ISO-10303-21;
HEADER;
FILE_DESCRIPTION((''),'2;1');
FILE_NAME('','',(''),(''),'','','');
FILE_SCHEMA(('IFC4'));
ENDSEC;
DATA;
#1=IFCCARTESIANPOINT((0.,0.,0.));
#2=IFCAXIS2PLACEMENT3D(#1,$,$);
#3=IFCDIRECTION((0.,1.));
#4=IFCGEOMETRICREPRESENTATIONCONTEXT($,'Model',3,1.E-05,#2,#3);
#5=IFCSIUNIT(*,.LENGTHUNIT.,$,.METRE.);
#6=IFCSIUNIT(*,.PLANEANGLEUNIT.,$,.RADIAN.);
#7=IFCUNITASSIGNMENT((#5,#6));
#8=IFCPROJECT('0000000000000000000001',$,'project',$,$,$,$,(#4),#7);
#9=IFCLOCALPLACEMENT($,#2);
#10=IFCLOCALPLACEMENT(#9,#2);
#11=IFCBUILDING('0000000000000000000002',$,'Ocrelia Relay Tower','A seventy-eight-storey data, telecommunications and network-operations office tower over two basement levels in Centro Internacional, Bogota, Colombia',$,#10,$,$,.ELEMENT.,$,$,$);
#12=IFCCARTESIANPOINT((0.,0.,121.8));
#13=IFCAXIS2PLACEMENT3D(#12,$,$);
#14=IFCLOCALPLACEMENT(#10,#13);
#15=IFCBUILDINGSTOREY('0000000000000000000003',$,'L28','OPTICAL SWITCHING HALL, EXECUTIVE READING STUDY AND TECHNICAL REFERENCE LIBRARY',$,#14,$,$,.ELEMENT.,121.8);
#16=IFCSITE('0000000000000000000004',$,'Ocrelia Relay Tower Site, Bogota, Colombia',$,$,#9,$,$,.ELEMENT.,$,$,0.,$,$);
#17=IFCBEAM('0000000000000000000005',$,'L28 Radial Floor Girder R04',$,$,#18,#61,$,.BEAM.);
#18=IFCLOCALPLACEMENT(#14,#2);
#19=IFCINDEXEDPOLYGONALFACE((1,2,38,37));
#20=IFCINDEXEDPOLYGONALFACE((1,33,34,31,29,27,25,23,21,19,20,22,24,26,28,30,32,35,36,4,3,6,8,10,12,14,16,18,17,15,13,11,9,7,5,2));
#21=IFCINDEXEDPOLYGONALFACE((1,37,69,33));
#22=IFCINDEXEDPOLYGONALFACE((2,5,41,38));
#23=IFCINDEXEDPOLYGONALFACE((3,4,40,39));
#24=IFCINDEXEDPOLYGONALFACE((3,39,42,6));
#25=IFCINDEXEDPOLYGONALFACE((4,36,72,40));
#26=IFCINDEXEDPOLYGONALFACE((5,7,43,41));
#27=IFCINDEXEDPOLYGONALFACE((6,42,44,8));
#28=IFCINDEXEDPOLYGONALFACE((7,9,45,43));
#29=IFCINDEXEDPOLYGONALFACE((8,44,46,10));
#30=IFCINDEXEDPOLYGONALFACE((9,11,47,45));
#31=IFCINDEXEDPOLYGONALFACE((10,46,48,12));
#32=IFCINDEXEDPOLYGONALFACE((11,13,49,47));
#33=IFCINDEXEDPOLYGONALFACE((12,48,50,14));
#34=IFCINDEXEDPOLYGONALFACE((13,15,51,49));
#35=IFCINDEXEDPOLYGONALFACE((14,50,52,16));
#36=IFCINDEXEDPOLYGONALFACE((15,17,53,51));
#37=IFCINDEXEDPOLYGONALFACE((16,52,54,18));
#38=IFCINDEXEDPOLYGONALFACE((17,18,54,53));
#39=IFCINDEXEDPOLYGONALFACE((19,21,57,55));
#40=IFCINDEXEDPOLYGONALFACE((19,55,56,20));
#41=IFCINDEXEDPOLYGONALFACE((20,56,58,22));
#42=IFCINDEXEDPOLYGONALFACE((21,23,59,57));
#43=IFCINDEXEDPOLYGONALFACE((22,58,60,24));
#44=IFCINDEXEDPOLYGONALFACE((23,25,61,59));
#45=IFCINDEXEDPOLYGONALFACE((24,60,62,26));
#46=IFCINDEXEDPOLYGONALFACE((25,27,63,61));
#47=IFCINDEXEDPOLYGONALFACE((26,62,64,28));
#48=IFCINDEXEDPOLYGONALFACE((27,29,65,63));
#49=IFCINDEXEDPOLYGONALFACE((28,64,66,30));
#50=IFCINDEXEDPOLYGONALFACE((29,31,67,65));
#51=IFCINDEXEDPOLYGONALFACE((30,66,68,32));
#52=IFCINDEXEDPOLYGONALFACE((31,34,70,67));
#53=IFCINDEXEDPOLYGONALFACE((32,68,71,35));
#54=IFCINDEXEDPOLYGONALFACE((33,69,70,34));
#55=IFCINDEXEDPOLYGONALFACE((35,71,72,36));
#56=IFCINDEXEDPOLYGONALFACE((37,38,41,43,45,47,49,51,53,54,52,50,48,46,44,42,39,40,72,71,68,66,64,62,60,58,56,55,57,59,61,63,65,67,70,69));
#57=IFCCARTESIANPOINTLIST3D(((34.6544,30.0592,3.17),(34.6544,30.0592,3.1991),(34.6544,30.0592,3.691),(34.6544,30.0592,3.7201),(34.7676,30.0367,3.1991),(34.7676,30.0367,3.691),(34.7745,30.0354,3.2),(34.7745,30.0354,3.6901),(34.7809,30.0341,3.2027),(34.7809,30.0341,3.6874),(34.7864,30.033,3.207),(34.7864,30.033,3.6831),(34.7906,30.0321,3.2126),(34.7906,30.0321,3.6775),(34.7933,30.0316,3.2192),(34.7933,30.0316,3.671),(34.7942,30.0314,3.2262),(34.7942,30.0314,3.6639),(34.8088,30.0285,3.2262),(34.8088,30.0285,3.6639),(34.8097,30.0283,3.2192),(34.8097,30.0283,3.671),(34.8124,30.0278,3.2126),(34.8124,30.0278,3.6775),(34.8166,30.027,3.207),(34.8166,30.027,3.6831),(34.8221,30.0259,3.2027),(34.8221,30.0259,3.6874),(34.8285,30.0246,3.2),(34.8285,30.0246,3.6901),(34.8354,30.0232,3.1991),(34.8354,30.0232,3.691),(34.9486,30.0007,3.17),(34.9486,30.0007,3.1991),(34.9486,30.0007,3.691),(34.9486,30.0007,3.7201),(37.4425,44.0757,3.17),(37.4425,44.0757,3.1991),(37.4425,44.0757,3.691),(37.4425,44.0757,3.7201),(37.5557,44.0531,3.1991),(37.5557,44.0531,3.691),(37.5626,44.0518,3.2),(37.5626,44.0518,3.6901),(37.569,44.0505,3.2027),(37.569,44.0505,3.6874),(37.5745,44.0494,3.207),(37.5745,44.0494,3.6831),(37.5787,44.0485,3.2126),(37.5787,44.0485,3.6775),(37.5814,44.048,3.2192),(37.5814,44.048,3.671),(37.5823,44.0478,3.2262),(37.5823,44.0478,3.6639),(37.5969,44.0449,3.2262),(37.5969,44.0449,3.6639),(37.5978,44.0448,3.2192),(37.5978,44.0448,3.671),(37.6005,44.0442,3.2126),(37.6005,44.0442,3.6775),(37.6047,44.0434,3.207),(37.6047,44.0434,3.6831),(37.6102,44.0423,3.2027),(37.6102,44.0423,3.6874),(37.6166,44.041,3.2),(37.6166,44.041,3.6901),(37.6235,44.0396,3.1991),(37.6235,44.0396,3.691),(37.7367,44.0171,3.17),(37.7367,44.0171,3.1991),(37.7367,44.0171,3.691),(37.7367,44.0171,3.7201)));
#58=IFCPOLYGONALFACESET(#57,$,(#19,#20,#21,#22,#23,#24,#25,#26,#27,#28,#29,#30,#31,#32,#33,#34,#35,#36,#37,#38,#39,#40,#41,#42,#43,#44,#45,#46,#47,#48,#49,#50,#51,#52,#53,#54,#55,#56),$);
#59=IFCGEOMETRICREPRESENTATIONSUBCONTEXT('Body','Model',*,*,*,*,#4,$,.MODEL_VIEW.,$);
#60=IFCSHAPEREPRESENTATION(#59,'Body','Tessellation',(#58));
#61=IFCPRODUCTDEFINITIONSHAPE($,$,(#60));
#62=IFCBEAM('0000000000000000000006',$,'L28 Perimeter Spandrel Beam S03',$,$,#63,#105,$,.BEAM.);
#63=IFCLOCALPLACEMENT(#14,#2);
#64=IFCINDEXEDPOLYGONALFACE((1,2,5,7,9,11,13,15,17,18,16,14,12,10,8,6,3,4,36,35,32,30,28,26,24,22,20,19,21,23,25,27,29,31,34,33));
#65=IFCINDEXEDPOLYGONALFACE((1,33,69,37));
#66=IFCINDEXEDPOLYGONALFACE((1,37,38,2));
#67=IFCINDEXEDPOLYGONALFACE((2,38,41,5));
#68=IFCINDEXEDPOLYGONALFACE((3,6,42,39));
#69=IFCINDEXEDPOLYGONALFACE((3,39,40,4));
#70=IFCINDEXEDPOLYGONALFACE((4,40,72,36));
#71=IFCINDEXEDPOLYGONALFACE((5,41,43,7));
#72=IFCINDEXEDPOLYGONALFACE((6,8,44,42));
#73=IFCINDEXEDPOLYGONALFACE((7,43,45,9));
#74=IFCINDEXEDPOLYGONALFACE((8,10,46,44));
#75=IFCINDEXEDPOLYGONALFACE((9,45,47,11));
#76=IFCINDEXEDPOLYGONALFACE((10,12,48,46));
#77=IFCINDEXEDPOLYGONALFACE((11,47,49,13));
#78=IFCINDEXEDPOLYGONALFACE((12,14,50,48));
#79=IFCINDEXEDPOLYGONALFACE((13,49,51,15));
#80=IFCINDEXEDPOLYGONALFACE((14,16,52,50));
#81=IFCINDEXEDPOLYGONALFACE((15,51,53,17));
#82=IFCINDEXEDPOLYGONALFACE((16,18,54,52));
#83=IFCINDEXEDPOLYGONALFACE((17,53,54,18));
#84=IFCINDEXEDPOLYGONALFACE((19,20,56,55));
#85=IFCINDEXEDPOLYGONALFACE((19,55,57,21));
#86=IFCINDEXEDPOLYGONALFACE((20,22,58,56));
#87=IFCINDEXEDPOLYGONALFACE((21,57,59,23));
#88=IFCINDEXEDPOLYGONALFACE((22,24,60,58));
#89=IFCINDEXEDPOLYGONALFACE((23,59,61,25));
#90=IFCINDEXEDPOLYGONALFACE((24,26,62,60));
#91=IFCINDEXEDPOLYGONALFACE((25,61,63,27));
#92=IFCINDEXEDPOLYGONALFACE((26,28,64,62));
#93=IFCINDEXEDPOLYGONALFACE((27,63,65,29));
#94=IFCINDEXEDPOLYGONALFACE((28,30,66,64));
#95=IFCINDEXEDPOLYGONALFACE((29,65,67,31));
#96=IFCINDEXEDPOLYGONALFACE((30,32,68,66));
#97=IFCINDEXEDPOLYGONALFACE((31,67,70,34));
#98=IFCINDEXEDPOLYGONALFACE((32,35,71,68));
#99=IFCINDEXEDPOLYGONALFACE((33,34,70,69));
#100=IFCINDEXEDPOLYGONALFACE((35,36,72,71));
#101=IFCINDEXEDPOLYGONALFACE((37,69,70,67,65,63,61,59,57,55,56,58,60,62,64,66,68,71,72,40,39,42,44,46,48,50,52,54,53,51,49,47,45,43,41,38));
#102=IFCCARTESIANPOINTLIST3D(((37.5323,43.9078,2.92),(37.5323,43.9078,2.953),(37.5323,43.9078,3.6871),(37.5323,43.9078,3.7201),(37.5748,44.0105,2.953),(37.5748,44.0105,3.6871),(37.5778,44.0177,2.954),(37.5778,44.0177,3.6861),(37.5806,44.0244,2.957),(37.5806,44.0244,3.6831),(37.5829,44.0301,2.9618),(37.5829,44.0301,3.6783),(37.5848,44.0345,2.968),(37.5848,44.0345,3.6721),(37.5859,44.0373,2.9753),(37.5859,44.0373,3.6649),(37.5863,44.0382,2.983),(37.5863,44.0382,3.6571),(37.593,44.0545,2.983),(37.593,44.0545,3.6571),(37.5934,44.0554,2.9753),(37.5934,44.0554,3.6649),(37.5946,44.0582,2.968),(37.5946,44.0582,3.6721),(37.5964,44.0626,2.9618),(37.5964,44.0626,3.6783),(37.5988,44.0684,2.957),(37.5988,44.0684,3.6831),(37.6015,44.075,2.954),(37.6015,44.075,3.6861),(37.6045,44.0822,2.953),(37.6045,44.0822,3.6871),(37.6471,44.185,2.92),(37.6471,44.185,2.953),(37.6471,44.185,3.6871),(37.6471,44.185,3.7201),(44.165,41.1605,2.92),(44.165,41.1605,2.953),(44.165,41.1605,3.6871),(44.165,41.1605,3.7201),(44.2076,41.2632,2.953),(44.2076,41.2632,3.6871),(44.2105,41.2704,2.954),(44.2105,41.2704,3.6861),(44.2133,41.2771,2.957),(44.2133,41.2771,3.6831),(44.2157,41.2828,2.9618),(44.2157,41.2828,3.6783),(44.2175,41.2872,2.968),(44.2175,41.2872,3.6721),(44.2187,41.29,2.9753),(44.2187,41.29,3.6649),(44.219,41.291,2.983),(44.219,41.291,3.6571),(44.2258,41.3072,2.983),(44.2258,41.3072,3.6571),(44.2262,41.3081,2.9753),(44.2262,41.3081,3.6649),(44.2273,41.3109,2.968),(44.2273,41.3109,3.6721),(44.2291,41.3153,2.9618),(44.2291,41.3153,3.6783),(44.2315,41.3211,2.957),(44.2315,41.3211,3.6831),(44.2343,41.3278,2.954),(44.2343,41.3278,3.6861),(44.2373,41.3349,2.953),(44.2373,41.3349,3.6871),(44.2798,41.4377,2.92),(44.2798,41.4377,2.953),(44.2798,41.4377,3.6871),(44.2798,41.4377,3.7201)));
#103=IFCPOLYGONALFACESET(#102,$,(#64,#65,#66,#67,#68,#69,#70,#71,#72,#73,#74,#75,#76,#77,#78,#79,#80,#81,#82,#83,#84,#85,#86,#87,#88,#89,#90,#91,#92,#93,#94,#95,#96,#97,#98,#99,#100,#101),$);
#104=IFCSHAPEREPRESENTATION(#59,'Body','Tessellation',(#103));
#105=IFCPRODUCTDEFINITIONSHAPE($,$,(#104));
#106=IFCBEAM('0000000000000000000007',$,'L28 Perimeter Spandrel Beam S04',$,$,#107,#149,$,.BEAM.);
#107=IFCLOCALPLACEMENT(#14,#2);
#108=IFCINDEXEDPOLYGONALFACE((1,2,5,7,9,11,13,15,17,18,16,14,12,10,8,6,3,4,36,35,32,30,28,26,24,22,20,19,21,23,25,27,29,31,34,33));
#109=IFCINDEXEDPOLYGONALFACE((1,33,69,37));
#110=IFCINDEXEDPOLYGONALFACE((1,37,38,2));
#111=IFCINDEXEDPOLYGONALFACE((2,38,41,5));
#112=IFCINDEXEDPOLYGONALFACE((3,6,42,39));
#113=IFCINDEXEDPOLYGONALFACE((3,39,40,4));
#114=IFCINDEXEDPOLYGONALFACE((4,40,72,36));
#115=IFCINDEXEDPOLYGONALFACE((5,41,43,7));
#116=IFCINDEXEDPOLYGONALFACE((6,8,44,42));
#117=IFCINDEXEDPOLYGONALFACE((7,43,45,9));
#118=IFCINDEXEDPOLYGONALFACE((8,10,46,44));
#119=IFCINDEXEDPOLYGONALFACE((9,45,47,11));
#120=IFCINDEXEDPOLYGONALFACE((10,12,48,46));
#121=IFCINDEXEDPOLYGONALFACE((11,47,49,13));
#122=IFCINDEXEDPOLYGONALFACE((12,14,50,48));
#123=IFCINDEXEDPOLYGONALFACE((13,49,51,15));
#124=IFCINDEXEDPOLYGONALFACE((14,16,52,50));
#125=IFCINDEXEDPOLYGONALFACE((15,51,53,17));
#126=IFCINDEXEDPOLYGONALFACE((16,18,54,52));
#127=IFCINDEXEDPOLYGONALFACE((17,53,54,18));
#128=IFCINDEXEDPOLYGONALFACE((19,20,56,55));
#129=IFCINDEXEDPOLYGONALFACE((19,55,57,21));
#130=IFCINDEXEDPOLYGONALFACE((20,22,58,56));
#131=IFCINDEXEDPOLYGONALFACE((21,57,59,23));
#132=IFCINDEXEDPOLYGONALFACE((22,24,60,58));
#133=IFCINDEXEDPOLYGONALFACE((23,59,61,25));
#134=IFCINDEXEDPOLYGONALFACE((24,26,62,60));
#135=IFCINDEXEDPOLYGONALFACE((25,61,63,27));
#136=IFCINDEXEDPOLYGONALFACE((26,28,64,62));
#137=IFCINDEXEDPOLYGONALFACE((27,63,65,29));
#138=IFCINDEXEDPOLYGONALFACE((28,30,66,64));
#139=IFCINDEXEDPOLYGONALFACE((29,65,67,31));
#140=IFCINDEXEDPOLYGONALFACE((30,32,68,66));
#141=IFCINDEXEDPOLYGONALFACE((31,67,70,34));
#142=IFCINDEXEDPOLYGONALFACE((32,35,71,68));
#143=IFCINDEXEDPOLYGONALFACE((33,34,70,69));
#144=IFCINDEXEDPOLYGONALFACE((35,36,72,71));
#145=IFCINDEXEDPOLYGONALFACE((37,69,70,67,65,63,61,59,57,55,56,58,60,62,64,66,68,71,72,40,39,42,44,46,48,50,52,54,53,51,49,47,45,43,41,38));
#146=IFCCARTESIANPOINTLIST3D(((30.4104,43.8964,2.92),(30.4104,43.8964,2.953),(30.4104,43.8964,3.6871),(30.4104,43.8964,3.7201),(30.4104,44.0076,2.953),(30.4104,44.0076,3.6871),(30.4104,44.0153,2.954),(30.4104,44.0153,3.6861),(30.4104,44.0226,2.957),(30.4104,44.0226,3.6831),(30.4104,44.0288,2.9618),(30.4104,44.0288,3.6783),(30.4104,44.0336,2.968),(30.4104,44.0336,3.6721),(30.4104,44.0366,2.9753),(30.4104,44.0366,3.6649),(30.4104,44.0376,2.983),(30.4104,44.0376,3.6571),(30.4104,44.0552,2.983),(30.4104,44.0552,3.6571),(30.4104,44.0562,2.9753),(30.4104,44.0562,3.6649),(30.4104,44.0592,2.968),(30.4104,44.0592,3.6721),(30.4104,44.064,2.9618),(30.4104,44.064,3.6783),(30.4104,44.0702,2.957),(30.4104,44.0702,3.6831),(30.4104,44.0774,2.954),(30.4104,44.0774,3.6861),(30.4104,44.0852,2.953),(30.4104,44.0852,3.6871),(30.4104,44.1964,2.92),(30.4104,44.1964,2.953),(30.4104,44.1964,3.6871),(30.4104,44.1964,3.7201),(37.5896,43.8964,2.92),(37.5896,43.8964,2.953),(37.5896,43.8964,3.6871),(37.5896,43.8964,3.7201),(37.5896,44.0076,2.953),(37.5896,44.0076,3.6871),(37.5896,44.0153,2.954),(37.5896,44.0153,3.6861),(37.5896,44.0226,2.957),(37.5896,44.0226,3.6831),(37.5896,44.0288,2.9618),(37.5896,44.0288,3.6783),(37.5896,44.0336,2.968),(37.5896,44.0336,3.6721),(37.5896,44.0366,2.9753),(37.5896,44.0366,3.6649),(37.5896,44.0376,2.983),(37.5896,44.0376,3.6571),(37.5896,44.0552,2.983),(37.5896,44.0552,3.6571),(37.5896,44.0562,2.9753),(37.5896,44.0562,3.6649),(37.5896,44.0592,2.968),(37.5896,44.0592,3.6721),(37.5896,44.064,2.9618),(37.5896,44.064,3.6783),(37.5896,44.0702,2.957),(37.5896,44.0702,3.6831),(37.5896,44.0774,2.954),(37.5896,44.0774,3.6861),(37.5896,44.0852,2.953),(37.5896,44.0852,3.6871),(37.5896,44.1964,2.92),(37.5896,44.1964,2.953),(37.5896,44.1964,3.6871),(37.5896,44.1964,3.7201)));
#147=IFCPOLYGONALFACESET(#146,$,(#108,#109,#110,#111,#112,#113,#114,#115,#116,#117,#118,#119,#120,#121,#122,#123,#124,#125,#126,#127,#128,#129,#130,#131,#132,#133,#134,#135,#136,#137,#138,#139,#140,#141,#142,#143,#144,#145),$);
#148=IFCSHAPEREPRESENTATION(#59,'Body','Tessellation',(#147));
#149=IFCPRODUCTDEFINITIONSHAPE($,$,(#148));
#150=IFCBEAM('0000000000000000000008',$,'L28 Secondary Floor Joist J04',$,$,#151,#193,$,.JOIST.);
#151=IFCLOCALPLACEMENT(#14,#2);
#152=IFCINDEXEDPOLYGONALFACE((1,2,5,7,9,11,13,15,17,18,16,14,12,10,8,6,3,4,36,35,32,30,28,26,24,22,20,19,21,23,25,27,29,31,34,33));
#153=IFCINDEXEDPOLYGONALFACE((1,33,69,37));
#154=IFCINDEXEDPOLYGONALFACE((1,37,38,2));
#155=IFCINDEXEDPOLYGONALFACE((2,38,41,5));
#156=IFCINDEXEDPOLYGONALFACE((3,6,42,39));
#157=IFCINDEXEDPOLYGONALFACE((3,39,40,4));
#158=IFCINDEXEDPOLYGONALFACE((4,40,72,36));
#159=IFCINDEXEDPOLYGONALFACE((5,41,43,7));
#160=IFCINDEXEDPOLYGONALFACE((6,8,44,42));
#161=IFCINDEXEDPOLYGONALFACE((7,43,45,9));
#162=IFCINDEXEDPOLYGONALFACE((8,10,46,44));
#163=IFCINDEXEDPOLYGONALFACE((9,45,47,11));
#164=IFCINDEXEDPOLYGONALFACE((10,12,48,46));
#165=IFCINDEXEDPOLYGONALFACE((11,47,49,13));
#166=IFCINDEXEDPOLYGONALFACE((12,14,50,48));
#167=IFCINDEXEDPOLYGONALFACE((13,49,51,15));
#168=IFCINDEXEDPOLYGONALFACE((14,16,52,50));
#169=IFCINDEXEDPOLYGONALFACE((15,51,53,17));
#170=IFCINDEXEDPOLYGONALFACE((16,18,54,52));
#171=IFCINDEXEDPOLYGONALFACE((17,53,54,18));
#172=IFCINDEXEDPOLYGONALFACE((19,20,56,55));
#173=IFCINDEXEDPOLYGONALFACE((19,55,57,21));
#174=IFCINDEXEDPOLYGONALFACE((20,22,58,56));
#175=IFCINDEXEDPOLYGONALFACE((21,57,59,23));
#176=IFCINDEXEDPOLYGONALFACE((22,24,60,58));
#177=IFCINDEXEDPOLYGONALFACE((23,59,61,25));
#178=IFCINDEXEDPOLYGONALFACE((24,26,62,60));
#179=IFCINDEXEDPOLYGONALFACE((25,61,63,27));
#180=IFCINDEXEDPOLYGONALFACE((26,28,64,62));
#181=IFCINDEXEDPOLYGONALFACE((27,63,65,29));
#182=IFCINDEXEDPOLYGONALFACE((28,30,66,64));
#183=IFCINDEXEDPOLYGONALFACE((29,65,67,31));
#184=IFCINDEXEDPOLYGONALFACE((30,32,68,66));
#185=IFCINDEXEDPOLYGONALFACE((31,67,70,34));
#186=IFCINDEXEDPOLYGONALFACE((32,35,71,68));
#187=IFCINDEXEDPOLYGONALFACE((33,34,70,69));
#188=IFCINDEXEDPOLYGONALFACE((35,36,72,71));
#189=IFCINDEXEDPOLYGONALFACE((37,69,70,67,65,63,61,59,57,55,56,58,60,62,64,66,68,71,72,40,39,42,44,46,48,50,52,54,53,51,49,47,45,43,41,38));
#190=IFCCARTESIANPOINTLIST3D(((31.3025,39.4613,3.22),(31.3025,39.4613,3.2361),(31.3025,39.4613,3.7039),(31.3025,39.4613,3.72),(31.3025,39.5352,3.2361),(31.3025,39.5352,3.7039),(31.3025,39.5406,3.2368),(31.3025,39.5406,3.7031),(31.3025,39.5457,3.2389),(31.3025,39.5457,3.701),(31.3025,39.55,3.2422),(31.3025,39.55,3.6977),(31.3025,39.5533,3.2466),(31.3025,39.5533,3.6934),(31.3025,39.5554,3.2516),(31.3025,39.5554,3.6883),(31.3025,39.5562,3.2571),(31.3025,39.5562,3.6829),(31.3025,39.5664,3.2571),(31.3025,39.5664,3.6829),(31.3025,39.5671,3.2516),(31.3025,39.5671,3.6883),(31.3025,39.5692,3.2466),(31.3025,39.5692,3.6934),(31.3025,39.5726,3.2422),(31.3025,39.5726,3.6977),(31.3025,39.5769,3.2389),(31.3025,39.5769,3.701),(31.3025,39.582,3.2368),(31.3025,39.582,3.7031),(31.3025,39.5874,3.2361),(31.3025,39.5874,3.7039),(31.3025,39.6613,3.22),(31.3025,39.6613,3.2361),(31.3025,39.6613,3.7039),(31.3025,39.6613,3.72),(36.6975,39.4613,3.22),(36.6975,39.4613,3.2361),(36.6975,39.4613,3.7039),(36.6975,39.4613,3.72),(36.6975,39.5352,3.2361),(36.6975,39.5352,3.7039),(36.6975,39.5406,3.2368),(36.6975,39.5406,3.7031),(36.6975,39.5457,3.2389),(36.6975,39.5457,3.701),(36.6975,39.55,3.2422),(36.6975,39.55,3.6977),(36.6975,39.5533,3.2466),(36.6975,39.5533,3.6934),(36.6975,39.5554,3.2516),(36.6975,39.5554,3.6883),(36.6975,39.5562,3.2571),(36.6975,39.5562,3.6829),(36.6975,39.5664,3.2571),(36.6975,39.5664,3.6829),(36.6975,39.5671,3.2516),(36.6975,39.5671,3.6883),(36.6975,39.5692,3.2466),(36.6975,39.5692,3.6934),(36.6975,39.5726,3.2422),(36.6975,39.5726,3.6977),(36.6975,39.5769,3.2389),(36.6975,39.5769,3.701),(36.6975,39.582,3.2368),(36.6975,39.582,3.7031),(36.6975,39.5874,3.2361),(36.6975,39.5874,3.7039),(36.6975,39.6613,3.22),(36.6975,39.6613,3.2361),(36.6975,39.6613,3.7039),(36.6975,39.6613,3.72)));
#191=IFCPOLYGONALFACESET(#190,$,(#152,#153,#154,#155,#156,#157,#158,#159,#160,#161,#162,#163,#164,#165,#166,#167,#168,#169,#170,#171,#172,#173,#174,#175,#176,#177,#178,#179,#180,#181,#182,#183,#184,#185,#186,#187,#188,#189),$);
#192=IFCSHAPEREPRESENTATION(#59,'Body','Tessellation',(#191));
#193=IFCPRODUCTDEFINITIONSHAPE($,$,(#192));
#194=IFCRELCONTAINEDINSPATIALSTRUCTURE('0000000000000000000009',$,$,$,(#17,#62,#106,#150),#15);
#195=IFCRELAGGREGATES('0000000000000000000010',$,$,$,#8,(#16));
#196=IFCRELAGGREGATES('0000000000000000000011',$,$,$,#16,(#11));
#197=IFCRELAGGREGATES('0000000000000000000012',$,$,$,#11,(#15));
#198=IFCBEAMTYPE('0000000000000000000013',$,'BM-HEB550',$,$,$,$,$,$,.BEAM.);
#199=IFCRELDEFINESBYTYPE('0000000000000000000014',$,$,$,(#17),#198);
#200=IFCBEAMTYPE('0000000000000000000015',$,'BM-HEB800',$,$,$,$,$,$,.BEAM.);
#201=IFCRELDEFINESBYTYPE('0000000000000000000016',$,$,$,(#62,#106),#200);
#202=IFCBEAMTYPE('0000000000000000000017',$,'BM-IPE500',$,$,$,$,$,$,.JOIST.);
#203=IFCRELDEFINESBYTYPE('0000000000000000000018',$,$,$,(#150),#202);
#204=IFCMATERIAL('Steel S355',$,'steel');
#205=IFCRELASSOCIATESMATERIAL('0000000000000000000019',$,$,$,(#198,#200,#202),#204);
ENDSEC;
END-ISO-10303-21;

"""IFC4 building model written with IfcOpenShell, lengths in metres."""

from ifc_helpers import new_model, si_unit, direction, frame, origin, origin_2d, place, context, subcontext, project, spatial, i_section, extrude, material, material_profile, profile_set, type_object, element, save


model = new_model("IFC4")

# Units and contexts
model_context = context("Model", 3, precision=1e-05, world=origin(), true_north=direction((0.0, 1.0)))
body_context = subcontext(model_context, "Body", "Model", "MODEL_VIEW")
ifc_project = project(units=[si_unit("LENGTHUNIT", "METRE"), si_unit("PLANEANGLEUNIT", "RADIAN")], contexts=[model_context])

# Site, building, storey
site_placement = place(None, origin())
site = spatial("IfcSite", under=ifc_project, at=site_placement, Name="Ocrelia Relay Tower Site, Bogota, Colombia", CompositionType="ELEMENT", RefElevation=0.0)
building_placement = place(site_placement, origin())
building = spatial("IfcBuilding", under=site, at=building_placement, Name="Ocrelia Relay Tower", Description="A seventy-eight-storey data, telecommunications and network-operations office tower over two basement levels in Centro Internacional, Bogota, Colombia", CompositionType="ELEMENT")
storey_placement = place(building_placement, frame((0.0, 0.0, 121.8)))
storey = spatial("IfcBuildingStorey", under=building, at=storey_placement, Name="L28", Description="OPTICAL SWITCHING HALL, EXECUTIVE READING STUDY AND TECHNICAL REFERENCE LIBRARY", CompositionType="ELEMENT", Elevation=121.8)

# Beams
ifc_material_1 = material(Name="Steel S355", Category="steel")
ifc_material_profile_1 = material_profile(ifc_material_1, i_section(OverallWidth=0.3, OverallDepth=0.55, WebThickness=0.0149, FlangeThickness=0.0291, FilletRadius=0.0271, at=origin_2d()), Name="HEB 550")
ifc_profile_set_1 = profile_set([ifc_material_profile_1], Name="Steel S355")
beam_type_1 = type_object("IfcBeamType", Name="BM-HEB550", PredefinedType="BEAM", material=ifc_profile_set_1)
beam_1_placement = place(storey_placement, frame((37.5896, 44.0464, 3.4451), z_axis=(-0.195094, -0.980784, 0.0), x_axis=(0.980784, -0.195094, 0.0)))
element("IfcBeam", 1, at=beam_1_placement, inside=storey, type_object=beam_type_1, Name="L28 Radial Floor Girder R04", PredefinedType="BEAM", context=body_context, shape_type="SweptSolid", body=[
    extrude(i_section(OverallWidth=0.3, OverallDepth=0.55, WebThickness=0.0149, FlangeThickness=0.0291, FilletRadius=0.0271, at=origin_2d()), origin(), (0.0, 0.0, 1.0), 14.291),
])
ifc_material_profile_2 = material_profile(ifc_material_1, i_section(OverallWidth=0.3, OverallDepth=0.8, WebThickness=0.0176, FlangeThickness=0.033, FilletRadius=0.03, at=origin_2d()), Name="HEB 800")
ifc_profile_set_2 = profile_set([ifc_material_profile_2], Name="Steel S355")
beam_type_2 = type_object("IfcBeamType", Name="BM-HEB800", PredefinedType="BEAM", material=ifc_profile_set_2)
for number, where, z_axis, x_axis, name in (
    (2, (44.2224, 41.2991, 3.3201), (-0.923884, 0.382673, 0.0), (-0.382673, -0.923884, 0.0), "L28 Perimeter Spandrel Beam S03"),
    (3, (37.5896, 44.0464, 3.3201), (-1.0, 0.0, 0.0), (0.0, -1.0, 0.0), "L28 Perimeter Spandrel Beam S04"),
):
    element("IfcBeam", number, at=place(storey_placement, frame(where, z_axis=z_axis, x_axis=x_axis)), inside=storey, type_object=beam_type_2, Name=name, PredefinedType="BEAM", context=body_context, shape_type="SweptSolid", body=[
        extrude(i_section(OverallWidth=0.3, OverallDepth=0.8, WebThickness=0.0176, FlangeThickness=0.033, FilletRadius=0.03, at=origin_2d()), origin(), (0.0, 0.0, 1.0), 7.1792),
    ])
ifc_material_profile_3 = material_profile(ifc_material_1, i_section(OverallWidth=0.2, OverallDepth=0.5, WebThickness=0.0103, FlangeThickness=0.0161, FilletRadius=0.021, at=origin_2d()), Name="IPE 500")
ifc_profile_set_3 = profile_set([ifc_material_profile_3], Name="Steel S355")
beam_type_3 = type_object("IfcBeamType", Name="BM-IPE500", PredefinedType="JOIST", material=ifc_profile_set_3)
beam_2_placement = place(storey_placement, frame((36.6975, 39.5613, 3.47), z_axis=(-1.0, 0.0, 0.0), x_axis=(0.0, -1.0, 0.0)))
element("IfcBeam", 4, at=beam_2_placement, inside=storey, type_object=beam_type_3, Name="L28 Secondary Floor Joist J04", PredefinedType="JOIST", context=body_context, shape_type="SweptSolid", body=[
    extrude(i_section(OverallWidth=0.2, OverallDepth=0.5, WebThickness=0.0103, FlangeThickness=0.0161, FilletRadius=0.021, at=origin_2d()), origin(), (0.0, 0.0, 1.0), 5.395),
])

save(model, "model.ifc")
